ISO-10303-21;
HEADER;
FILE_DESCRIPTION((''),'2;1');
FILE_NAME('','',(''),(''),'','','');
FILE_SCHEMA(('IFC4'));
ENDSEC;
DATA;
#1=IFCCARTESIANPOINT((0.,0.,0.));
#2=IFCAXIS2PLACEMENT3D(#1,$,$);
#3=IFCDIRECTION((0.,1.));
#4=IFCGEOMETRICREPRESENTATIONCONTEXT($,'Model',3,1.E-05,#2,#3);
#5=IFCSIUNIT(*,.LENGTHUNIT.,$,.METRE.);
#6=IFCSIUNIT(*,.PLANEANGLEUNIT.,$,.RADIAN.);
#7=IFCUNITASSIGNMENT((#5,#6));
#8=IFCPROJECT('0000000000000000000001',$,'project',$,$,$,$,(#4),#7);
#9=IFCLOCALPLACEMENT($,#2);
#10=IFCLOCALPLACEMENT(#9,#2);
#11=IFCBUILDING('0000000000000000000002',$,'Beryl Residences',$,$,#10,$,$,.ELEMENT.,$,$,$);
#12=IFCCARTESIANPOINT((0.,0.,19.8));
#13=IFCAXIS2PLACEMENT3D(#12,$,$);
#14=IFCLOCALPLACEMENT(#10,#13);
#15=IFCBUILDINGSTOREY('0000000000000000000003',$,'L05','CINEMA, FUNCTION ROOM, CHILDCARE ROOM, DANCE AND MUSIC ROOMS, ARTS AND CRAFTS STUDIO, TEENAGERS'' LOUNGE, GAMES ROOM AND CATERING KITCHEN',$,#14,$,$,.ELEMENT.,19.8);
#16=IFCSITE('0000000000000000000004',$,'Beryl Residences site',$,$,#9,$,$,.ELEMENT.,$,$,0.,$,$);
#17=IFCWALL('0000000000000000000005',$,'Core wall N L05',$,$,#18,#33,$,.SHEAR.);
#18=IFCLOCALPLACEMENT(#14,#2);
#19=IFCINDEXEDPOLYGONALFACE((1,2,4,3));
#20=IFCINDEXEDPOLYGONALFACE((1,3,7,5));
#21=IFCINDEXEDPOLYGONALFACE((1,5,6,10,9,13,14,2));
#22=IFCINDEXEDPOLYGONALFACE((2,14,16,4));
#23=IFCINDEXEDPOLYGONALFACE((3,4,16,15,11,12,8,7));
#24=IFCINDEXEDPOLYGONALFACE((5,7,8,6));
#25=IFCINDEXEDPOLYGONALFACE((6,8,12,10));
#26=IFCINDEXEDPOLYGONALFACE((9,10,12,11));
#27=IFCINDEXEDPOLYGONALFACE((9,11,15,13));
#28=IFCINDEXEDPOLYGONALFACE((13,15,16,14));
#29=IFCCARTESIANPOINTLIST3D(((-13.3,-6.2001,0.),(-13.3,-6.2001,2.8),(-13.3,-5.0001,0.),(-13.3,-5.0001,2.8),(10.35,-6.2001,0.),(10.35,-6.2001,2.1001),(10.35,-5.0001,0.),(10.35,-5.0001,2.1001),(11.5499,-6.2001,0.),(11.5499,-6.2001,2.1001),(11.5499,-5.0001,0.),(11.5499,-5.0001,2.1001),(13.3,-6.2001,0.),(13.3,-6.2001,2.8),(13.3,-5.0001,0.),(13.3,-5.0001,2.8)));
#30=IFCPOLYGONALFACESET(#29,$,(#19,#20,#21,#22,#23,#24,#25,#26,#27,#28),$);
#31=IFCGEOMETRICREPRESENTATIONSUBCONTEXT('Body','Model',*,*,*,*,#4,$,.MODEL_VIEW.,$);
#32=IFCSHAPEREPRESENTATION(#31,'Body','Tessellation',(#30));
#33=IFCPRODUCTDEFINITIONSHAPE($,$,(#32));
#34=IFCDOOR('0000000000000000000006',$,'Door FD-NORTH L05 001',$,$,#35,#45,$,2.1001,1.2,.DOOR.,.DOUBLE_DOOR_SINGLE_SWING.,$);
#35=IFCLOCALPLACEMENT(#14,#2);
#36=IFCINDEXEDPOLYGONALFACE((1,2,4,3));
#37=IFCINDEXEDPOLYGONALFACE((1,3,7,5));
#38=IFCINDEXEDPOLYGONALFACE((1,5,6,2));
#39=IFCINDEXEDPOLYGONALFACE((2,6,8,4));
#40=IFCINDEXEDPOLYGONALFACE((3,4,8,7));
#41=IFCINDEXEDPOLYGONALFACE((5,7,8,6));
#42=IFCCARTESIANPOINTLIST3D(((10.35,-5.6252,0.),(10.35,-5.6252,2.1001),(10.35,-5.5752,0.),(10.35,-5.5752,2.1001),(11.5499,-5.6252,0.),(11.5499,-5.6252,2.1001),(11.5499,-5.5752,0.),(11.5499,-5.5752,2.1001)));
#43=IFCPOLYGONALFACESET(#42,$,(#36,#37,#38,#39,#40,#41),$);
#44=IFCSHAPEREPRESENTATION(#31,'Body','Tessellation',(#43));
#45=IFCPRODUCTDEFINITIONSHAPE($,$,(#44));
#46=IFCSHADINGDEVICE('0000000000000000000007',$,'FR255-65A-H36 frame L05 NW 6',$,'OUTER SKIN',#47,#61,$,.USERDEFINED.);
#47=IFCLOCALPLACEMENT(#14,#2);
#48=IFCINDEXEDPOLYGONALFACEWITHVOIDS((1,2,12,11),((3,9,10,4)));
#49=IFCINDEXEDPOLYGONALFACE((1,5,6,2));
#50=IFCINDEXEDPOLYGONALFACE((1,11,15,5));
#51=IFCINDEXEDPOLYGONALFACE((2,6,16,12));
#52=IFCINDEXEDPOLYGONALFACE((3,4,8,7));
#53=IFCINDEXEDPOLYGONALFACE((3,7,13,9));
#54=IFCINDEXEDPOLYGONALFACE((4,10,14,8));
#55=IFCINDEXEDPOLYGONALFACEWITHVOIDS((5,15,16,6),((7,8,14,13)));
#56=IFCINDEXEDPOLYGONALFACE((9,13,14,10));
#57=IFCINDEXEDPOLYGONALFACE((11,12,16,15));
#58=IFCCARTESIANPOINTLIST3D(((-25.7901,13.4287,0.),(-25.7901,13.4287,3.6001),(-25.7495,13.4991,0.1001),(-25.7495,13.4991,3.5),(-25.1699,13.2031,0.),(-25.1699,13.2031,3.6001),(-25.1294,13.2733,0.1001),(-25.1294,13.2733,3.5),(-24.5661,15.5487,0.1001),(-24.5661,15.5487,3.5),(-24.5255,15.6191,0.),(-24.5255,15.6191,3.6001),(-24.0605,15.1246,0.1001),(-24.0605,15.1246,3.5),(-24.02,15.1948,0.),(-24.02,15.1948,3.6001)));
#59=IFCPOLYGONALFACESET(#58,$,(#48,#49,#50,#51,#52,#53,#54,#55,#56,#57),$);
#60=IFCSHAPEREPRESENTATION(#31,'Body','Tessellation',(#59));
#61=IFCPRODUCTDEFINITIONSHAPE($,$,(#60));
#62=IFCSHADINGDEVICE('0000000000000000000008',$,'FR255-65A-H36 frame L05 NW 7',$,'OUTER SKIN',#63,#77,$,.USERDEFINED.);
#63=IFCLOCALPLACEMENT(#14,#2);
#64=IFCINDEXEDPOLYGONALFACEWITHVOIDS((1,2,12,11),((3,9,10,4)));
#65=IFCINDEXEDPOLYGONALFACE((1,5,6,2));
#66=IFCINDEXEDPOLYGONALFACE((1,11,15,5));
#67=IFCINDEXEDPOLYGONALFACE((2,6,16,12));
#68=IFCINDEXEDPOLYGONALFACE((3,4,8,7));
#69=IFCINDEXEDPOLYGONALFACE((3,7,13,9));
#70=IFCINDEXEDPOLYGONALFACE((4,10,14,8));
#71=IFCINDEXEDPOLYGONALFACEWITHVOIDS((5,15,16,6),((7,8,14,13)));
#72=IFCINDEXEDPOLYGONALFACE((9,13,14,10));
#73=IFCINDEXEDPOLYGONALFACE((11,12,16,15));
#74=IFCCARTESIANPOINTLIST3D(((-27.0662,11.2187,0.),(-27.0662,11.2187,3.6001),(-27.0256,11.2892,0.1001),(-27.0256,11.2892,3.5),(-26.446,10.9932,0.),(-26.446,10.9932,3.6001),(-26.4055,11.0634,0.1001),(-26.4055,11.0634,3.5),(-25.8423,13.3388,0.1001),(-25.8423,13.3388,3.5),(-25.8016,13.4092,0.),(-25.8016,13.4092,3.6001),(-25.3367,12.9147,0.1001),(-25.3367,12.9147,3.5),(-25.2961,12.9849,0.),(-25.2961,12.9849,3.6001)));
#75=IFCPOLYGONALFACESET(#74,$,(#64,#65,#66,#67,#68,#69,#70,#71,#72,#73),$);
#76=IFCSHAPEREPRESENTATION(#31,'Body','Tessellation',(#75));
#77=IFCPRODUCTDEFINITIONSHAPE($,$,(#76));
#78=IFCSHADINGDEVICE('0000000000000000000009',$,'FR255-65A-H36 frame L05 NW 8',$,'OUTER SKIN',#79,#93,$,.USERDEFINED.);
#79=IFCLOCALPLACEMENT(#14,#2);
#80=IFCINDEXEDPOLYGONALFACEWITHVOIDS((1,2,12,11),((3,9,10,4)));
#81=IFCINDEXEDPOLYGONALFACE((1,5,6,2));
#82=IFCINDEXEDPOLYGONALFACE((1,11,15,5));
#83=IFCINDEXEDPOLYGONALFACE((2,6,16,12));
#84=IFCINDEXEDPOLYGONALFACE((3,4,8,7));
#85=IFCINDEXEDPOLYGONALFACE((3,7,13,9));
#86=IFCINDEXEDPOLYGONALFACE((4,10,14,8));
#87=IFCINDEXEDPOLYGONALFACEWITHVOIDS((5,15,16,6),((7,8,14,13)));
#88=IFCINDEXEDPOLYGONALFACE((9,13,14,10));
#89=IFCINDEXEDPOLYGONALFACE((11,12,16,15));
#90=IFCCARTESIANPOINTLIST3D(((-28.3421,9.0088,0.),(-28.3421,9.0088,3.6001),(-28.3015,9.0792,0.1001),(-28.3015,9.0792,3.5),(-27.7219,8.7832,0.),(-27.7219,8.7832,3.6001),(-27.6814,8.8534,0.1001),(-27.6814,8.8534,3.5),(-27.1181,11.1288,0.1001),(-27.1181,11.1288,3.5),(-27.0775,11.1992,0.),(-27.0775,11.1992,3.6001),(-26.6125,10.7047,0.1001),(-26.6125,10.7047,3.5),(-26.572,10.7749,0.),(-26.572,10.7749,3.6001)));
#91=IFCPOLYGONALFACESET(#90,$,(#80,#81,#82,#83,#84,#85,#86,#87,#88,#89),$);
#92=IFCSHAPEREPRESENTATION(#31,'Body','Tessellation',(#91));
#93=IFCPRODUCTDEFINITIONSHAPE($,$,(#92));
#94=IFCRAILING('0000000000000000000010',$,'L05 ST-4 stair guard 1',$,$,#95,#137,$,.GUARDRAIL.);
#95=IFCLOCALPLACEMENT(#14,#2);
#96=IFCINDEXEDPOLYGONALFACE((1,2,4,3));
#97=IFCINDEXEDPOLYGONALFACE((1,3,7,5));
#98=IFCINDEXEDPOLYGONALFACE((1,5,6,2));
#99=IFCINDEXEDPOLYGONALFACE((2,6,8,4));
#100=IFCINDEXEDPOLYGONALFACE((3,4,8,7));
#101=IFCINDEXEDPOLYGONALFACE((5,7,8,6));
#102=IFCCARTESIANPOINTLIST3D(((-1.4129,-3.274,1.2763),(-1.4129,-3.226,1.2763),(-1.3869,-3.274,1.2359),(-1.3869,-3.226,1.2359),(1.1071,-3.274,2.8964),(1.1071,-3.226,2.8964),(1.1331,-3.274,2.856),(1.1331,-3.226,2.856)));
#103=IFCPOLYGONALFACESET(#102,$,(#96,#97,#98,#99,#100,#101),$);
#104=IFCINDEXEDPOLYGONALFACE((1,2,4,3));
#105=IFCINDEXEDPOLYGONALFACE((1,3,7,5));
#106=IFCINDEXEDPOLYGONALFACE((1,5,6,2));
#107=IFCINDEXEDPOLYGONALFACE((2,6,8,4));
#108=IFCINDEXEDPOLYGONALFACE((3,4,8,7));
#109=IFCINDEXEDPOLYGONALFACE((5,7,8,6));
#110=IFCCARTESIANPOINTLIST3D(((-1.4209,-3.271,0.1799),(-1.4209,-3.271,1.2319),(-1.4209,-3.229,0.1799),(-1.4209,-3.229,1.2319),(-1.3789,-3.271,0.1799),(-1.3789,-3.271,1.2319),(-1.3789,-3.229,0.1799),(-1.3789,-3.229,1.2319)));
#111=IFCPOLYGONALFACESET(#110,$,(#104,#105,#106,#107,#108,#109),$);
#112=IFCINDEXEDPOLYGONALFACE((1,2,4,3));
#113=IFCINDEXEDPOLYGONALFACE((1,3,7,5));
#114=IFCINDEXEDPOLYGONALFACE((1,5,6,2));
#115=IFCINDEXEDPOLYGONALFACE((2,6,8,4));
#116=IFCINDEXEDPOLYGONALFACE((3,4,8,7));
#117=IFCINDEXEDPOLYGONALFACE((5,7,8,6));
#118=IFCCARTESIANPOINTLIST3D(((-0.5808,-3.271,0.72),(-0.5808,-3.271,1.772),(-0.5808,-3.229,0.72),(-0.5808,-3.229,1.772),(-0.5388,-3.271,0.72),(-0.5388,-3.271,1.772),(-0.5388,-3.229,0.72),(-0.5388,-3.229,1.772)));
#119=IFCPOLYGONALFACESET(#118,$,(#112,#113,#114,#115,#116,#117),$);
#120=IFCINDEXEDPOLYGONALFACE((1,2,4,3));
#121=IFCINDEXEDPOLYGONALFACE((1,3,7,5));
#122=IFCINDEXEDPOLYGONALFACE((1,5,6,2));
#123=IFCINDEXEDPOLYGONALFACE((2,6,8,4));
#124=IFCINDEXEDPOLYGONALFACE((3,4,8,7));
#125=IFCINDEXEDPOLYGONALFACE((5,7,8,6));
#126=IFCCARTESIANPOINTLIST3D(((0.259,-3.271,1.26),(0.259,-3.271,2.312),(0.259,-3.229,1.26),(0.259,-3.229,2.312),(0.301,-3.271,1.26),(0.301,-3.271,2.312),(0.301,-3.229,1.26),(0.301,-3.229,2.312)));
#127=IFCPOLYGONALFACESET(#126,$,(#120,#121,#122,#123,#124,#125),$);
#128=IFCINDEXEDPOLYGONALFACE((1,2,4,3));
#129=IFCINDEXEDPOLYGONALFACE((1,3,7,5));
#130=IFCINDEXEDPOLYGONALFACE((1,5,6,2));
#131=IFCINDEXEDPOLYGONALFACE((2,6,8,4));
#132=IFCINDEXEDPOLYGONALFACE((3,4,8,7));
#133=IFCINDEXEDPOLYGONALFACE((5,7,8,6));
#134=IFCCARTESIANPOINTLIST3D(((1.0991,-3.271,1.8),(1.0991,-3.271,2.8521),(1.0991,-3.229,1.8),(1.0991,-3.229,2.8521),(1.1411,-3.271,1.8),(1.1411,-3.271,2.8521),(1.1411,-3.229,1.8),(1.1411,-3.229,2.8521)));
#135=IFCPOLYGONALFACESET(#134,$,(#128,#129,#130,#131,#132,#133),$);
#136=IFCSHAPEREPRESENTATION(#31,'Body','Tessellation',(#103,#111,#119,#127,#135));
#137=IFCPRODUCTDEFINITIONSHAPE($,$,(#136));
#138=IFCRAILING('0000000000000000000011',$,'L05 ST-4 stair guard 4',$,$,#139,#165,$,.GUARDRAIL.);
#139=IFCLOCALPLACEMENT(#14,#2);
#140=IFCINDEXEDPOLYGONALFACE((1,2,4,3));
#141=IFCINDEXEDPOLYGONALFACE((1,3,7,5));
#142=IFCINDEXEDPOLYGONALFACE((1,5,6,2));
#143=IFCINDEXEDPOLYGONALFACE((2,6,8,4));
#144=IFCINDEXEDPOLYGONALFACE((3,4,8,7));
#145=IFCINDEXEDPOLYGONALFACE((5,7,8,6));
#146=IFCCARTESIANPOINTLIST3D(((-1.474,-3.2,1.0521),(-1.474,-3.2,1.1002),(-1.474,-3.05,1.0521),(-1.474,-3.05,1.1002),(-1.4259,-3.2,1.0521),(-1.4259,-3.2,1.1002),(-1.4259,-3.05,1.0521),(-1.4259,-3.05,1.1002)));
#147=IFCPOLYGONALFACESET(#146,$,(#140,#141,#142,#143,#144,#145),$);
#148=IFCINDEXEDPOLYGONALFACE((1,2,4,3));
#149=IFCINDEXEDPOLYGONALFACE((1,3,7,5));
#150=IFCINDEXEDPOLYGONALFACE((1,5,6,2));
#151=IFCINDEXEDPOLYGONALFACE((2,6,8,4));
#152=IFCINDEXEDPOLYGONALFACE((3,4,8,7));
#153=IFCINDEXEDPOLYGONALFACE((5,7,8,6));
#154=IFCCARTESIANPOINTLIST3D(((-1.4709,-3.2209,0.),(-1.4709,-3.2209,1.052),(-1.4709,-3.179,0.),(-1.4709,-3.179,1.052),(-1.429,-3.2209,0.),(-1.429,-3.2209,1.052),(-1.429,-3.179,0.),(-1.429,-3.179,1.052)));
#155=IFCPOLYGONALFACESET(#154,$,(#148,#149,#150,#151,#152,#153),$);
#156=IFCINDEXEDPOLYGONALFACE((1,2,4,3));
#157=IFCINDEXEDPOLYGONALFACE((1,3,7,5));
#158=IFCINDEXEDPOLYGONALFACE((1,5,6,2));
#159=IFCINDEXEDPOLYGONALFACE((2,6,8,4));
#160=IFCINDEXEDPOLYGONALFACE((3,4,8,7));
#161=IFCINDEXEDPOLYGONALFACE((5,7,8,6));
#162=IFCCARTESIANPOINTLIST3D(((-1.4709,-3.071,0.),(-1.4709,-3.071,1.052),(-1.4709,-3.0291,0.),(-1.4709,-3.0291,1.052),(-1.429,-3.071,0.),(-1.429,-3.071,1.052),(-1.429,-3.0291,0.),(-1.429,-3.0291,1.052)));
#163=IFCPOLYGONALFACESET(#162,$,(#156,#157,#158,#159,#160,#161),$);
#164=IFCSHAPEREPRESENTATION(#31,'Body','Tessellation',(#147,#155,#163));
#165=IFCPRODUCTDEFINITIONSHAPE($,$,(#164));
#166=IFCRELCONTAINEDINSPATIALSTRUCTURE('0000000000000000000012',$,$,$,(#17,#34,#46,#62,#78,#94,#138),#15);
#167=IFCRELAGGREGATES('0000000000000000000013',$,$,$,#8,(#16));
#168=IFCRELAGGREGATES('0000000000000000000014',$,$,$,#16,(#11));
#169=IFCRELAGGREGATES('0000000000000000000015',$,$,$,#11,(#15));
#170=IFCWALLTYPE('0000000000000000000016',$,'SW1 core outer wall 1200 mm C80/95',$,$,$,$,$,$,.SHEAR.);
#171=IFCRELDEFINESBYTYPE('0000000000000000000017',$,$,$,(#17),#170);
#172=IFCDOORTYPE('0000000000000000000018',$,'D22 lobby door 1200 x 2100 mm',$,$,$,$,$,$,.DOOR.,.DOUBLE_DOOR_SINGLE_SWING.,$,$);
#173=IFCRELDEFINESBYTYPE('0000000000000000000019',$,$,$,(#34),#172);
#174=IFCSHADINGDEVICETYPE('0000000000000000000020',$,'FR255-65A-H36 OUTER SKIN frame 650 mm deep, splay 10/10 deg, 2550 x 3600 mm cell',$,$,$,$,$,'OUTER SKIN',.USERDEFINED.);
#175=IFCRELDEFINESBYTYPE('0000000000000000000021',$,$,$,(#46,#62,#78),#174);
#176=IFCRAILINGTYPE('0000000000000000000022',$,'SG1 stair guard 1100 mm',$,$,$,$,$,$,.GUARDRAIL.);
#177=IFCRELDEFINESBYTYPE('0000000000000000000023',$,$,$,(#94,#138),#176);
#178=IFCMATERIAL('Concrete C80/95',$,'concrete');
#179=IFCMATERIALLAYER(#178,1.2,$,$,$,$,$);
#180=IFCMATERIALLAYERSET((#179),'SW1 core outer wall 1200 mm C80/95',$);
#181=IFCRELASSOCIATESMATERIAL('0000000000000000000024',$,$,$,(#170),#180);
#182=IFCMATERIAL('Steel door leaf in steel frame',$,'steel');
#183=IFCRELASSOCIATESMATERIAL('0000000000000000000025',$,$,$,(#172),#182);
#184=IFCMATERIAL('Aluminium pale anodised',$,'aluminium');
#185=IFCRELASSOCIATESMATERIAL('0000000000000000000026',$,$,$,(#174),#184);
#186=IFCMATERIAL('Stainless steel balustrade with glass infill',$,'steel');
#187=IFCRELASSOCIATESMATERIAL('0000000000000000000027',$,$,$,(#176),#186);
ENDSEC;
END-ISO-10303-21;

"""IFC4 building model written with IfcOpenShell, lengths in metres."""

from ifc_helpers import new_model, entity, si_unit, direction, frame, frame_2d, origin, origin_2d, place, context, subcontext, project, spatial, rectangle, extrude, source, transform, mapped, material, layer, layer_set, type_object, type_shapes, element, fill, save


model = new_model("IFC4")

# Units and contexts
model_context = context("Model", 3, precision=1e-05, world=origin(), true_north=direction((0.0, 1.0)))
body_context = subcontext(model_context, "Body", "Model", "MODEL_VIEW")
ifc_project = project(units=[si_unit("LENGTHUNIT", "METRE"), si_unit("PLANEANGLEUNIT", "RADIAN")], contexts=[model_context])

# Site, building, storey
site_placement = place(None, origin())
site = spatial("IfcSite", under=ifc_project, at=site_placement, Name="Beryl Residences site", CompositionType="ELEMENT", RefElevation=0.0)
building_placement = place(site_placement, origin())
building = spatial("IfcBuilding", under=site, at=building_placement, Name="Beryl Residences", CompositionType="ELEMENT")
storey_placement = place(building_placement, frame((0.0, 0.0, 19.8)))
storey = spatial("IfcBuildingStorey", under=building, at=storey_placement, Name="L05", Description="CINEMA, FUNCTION ROOM, CHILDCARE ROOM, DANCE AND MUSIC ROOMS, ARTS AND CRAFTS STUDIO, TEENAGERS' LOUNGE, GAMES ROOM AND CATERING KITCHEN", CompositionType="ELEMENT", Elevation=19.8)

# Wall, opening, door
ifc_material_1 = material(Name="Concrete C80/95", Category="concrete")
ifc_layer_1 = layer(ifc_material_1, 1.2)
ifc_layer_set_1 = layer_set([ifc_layer_1], Name="SW1 core outer wall 1200 mm C80/95")
wall_type_1 = type_object("IfcWallType", Name="SW1 core outer wall 1200 mm C80/95", PredefinedType="SHEAR", material=ifc_layer_set_1)
wall_1_placement = place(storey_placement, frame((-13.3, -5.6001, 0.0), z_axis=(0.0, 0.0, 1.0), x_axis=(1.0, 0.0, 0.0)))
wall_1 = element("IfcWall", 1, at=wall_1_placement, inside=storey, type_object=wall_type_1, Name="Core wall N L05", PredefinedType="SHEAR", context=body_context, shape_type="SweptSolid", body=[
    extrude(rectangle(XDim=26.6001, YDim=1.2, at=frame_2d((13.3, 0.0))), origin(), (0.0, 0.0, 1.0), 2.8),
])
opening_1_placement = place(wall_1_placement, frame((23.6499, 0.0, 0.0)))
opening_1 = element("IfcOpeningElement", 2, at=opening_1_placement, cuts=wall_1, PredefinedType="OPENING", context=body_context, shape_type="SweptSolid", body=[
    extrude(rectangle(XDim=1.2, YDim=2.1001, at=frame_2d((0.6001, 1.05))), frame((0.0, 0.6099, 0.0), z_axis=(0.0, -1.0, 0.0), x_axis=(1.0, 0.0, 0.0)), (0.0, 0.0, 1.0), 1.22),
])
ifc_material_2 = material(Name="Steel door leaf in steel frame", Category="steel")
door_type_1 = type_object("IfcDoorType", Name="D22 lobby door 1200 x 2100 mm", OperationType="DOUBLE_DOOR_SINGLE_SWING", PredefinedType="DOOR", material=ifc_material_2)
door_1_placement = place(opening_1_placement, origin())
door_1 = element("IfcDoor", 3, at=door_1_placement, inside=storey, type_object=door_type_1, Name="Door FD-NORTH L05 001", OperationType="DOUBLE_DOOR_SINGLE_SWING", OverallHeight=2.1001, OverallWidth=1.2, PredefinedType="DOOR", context=body_context, shape_type="SweptSolid", body=[
    extrude(rectangle(XDim=1.2, YDim=2.1001, at=frame_2d((0.6001, 1.05))), frame((0.0, 0.0249, 0.0), z_axis=(0.0, -1.0, 0.0), x_axis=(1.0, 0.0, 0.0)), (0.0, 0.0, 1.0), 0.05),
])
fill(opening_1, door_1)

# Shading devices
ifc_material_3 = material(Name="Aluminium pale anodised", Category="aluminium")
shading_device_type = type_object("IfcShadingDeviceType", Name="FR255-65A-H36 OUTER SKIN frame 650 mm deep, splay 10/10 deg, 2550 x 3600 mm cell", ElementType="OUTER SKIN", PredefinedType="USERDEFINED", material=ifc_material_3)
cartesian_point_1 = entity("IfcCartesianPoint", [-1.1499, 0.0])
cartesian_point_2 = entity("IfcCartesianPoint", [-1.0688, 0.1001])
cartesian_point_3 = entity("IfcCartesianPoint", [-1.2646, 0.0])
cartesian_point_4 = entity("IfcCartesianPoint", [-1.1833, 0.1001])
shared_shape = source(origin(), body_context, "Body", "SweptSolid", [
    entity("IfcExtrudedAreaSolidTapered", entity("IfcArbitraryProfileDefWithVoids", "AREA", None, entity("IfcPolyline", [cartesian_point_1, entity("IfcCartesianPoint", [1.1499, 0.0]), entity("IfcCartesianPoint", [1.1499, 3.6001]), entity("IfcCartesianPoint", [-1.1499, 3.6001]), cartesian_point_1]), [entity("IfcPolyline", [cartesian_point_2, entity("IfcCartesianPoint", [1.0688, 0.1001]), entity("IfcCartesianPoint", [1.0688, 3.5]), entity("IfcCartesianPoint", [-1.0688, 3.5]), cartesian_point_2])]), entity("IfcAxis2Placement3D", entity("IfcCartesianPoint", [0.0, 0.0, 0.0]), entity("IfcDirection", [0.0, 1.0, 0.0]), entity("IfcDirection", [-1.0, 0.0, 0.0])), entity("IfcDirection", [0.0, 0.0, 1.0]), 0.6499, entity("IfcArbitraryProfileDefWithVoids", "AREA", None, entity("IfcPolyline", [cartesian_point_3, entity("IfcCartesianPoint", [1.2646, 0.0]), entity("IfcCartesianPoint", [1.2646, 3.6001]), entity("IfcCartesianPoint", [-1.2646, 3.6001]), cartesian_point_3]), [entity("IfcPolyline", [cartesian_point_4, entity("IfcCartesianPoint", [1.1833, 0.1001]), entity("IfcCartesianPoint", [1.1833, 3.5]), entity("IfcCartesianPoint", [-1.1833, 3.5]), cartesian_point_4])])),
])
type_shapes(shading_device_type, [shared_shape])
for number, where, z_axis, x_axis, name in (
    (4, (-24.595, 14.199, 0.0), (0.0, 0.0, 1.0), (0.5, 0.866025, 0.0), "FR255-65A-H36 frame L05 NW 6"),
    (5, (-25.8711, 11.989, 0.0), (0.0, 0.0, 1.0), (0.5, 0.866025, 0.0), "FR255-65A-H36 frame L05 NW 7"),
    (6, (-27.147, 9.7791, 0.0), (0.0, 0.0, 1.0), (0.5, 0.866025, 0.0), "FR255-65A-H36 frame L05 NW 8"),
):
    element("IfcShadingDevice", number, at=place(storey_placement, frame(where, z_axis=z_axis, x_axis=x_axis)), inside=storey, type_object=shading_device_type, Name=name, ObjectType="OUTER SKIN", PredefinedType="USERDEFINED", context=body_context, shape_type="MappedRepresentation", body=[
        mapped(shared_shape, transform((0.0, 0.0, 0.0))),
    ])

# Railings
ifc_material_4 = material(Name="Stainless steel balustrade with glass infill", Category="steel")
railing_type_1 = type_object("IfcRailingType", Name="SG1 stair guard 1100 mm", PredefinedType="GUARDRAIL", material=ifc_material_4)
railing_1_placement = place(storey_placement, frame((-1.3999, -3.25, 0.1799)))
element("IfcRailing", 7, at=railing_1_placement, inside=storey, type_object=railing_type_1, Name="L05 ST-4 stair guard 1", PredefinedType="GUARDRAIL", context=body_context, shape_type="SweptSolid", body=[
    extrude(rectangle(XDim=0.0481, YDim=0.0481, at=origin_2d()), frame((0.0, 0.0, 1.0762), z_axis=(0.841163, 0.0, 0.540782), x_axis=(0.0, 1.0, 0.0)), (0.0, 0.0, 1.0), 2.9958),
    extrude(rectangle(XDim=0.042, YDim=0.042, at=origin_2d()), origin(), (0.0, 0.0, 1.0), 1.052),
    extrude(rectangle(XDim=0.042, YDim=0.042, at=origin_2d()), frame((0.8401, 0.0, 0.54)), (0.0, 0.0, 1.0), 1.052),
    extrude(rectangle(XDim=0.042, YDim=0.042, at=origin_2d()), frame((1.6799, 0.0, 1.0801)), (0.0, 0.0, 1.0), 1.052),
    extrude(rectangle(XDim=0.042, YDim=0.042, at=origin_2d()), frame((2.52, 0.0, 1.6201)), (0.0, 0.0, 1.0), 1.052),
])
railing_2_placement = place(storey_placement, frame((-1.45, -3.2, 0.0)))
element("IfcRailing", 8, at=railing_2_placement, inside=storey, type_object=railing_type_1, Name="L05 ST-4 stair guard 4", PredefinedType="GUARDRAIL", context=body_context, shape_type="SweptSolid", body=[
    extrude(rectangle(XDim=0.0481, YDim=0.0481, at=origin_2d()), frame((0.0, 0.0, 1.0762), z_axis=(0.0, 1.0, 0.0), x_axis=(-1.0, 0.0, 0.0)), (0.0, 0.0, 1.0), 0.1499),
    extrude(rectangle(XDim=0.042, YDim=0.042, at=origin_2d()), origin(), (0.0, 0.0, 1.0), 1.052),
    extrude(rectangle(XDim=0.042, YDim=0.042, at=origin_2d()), frame((0.0, 0.1499, 0.0)), (0.0, 0.0, 1.0), 1.052),
])

save(model, "model.ifc")
